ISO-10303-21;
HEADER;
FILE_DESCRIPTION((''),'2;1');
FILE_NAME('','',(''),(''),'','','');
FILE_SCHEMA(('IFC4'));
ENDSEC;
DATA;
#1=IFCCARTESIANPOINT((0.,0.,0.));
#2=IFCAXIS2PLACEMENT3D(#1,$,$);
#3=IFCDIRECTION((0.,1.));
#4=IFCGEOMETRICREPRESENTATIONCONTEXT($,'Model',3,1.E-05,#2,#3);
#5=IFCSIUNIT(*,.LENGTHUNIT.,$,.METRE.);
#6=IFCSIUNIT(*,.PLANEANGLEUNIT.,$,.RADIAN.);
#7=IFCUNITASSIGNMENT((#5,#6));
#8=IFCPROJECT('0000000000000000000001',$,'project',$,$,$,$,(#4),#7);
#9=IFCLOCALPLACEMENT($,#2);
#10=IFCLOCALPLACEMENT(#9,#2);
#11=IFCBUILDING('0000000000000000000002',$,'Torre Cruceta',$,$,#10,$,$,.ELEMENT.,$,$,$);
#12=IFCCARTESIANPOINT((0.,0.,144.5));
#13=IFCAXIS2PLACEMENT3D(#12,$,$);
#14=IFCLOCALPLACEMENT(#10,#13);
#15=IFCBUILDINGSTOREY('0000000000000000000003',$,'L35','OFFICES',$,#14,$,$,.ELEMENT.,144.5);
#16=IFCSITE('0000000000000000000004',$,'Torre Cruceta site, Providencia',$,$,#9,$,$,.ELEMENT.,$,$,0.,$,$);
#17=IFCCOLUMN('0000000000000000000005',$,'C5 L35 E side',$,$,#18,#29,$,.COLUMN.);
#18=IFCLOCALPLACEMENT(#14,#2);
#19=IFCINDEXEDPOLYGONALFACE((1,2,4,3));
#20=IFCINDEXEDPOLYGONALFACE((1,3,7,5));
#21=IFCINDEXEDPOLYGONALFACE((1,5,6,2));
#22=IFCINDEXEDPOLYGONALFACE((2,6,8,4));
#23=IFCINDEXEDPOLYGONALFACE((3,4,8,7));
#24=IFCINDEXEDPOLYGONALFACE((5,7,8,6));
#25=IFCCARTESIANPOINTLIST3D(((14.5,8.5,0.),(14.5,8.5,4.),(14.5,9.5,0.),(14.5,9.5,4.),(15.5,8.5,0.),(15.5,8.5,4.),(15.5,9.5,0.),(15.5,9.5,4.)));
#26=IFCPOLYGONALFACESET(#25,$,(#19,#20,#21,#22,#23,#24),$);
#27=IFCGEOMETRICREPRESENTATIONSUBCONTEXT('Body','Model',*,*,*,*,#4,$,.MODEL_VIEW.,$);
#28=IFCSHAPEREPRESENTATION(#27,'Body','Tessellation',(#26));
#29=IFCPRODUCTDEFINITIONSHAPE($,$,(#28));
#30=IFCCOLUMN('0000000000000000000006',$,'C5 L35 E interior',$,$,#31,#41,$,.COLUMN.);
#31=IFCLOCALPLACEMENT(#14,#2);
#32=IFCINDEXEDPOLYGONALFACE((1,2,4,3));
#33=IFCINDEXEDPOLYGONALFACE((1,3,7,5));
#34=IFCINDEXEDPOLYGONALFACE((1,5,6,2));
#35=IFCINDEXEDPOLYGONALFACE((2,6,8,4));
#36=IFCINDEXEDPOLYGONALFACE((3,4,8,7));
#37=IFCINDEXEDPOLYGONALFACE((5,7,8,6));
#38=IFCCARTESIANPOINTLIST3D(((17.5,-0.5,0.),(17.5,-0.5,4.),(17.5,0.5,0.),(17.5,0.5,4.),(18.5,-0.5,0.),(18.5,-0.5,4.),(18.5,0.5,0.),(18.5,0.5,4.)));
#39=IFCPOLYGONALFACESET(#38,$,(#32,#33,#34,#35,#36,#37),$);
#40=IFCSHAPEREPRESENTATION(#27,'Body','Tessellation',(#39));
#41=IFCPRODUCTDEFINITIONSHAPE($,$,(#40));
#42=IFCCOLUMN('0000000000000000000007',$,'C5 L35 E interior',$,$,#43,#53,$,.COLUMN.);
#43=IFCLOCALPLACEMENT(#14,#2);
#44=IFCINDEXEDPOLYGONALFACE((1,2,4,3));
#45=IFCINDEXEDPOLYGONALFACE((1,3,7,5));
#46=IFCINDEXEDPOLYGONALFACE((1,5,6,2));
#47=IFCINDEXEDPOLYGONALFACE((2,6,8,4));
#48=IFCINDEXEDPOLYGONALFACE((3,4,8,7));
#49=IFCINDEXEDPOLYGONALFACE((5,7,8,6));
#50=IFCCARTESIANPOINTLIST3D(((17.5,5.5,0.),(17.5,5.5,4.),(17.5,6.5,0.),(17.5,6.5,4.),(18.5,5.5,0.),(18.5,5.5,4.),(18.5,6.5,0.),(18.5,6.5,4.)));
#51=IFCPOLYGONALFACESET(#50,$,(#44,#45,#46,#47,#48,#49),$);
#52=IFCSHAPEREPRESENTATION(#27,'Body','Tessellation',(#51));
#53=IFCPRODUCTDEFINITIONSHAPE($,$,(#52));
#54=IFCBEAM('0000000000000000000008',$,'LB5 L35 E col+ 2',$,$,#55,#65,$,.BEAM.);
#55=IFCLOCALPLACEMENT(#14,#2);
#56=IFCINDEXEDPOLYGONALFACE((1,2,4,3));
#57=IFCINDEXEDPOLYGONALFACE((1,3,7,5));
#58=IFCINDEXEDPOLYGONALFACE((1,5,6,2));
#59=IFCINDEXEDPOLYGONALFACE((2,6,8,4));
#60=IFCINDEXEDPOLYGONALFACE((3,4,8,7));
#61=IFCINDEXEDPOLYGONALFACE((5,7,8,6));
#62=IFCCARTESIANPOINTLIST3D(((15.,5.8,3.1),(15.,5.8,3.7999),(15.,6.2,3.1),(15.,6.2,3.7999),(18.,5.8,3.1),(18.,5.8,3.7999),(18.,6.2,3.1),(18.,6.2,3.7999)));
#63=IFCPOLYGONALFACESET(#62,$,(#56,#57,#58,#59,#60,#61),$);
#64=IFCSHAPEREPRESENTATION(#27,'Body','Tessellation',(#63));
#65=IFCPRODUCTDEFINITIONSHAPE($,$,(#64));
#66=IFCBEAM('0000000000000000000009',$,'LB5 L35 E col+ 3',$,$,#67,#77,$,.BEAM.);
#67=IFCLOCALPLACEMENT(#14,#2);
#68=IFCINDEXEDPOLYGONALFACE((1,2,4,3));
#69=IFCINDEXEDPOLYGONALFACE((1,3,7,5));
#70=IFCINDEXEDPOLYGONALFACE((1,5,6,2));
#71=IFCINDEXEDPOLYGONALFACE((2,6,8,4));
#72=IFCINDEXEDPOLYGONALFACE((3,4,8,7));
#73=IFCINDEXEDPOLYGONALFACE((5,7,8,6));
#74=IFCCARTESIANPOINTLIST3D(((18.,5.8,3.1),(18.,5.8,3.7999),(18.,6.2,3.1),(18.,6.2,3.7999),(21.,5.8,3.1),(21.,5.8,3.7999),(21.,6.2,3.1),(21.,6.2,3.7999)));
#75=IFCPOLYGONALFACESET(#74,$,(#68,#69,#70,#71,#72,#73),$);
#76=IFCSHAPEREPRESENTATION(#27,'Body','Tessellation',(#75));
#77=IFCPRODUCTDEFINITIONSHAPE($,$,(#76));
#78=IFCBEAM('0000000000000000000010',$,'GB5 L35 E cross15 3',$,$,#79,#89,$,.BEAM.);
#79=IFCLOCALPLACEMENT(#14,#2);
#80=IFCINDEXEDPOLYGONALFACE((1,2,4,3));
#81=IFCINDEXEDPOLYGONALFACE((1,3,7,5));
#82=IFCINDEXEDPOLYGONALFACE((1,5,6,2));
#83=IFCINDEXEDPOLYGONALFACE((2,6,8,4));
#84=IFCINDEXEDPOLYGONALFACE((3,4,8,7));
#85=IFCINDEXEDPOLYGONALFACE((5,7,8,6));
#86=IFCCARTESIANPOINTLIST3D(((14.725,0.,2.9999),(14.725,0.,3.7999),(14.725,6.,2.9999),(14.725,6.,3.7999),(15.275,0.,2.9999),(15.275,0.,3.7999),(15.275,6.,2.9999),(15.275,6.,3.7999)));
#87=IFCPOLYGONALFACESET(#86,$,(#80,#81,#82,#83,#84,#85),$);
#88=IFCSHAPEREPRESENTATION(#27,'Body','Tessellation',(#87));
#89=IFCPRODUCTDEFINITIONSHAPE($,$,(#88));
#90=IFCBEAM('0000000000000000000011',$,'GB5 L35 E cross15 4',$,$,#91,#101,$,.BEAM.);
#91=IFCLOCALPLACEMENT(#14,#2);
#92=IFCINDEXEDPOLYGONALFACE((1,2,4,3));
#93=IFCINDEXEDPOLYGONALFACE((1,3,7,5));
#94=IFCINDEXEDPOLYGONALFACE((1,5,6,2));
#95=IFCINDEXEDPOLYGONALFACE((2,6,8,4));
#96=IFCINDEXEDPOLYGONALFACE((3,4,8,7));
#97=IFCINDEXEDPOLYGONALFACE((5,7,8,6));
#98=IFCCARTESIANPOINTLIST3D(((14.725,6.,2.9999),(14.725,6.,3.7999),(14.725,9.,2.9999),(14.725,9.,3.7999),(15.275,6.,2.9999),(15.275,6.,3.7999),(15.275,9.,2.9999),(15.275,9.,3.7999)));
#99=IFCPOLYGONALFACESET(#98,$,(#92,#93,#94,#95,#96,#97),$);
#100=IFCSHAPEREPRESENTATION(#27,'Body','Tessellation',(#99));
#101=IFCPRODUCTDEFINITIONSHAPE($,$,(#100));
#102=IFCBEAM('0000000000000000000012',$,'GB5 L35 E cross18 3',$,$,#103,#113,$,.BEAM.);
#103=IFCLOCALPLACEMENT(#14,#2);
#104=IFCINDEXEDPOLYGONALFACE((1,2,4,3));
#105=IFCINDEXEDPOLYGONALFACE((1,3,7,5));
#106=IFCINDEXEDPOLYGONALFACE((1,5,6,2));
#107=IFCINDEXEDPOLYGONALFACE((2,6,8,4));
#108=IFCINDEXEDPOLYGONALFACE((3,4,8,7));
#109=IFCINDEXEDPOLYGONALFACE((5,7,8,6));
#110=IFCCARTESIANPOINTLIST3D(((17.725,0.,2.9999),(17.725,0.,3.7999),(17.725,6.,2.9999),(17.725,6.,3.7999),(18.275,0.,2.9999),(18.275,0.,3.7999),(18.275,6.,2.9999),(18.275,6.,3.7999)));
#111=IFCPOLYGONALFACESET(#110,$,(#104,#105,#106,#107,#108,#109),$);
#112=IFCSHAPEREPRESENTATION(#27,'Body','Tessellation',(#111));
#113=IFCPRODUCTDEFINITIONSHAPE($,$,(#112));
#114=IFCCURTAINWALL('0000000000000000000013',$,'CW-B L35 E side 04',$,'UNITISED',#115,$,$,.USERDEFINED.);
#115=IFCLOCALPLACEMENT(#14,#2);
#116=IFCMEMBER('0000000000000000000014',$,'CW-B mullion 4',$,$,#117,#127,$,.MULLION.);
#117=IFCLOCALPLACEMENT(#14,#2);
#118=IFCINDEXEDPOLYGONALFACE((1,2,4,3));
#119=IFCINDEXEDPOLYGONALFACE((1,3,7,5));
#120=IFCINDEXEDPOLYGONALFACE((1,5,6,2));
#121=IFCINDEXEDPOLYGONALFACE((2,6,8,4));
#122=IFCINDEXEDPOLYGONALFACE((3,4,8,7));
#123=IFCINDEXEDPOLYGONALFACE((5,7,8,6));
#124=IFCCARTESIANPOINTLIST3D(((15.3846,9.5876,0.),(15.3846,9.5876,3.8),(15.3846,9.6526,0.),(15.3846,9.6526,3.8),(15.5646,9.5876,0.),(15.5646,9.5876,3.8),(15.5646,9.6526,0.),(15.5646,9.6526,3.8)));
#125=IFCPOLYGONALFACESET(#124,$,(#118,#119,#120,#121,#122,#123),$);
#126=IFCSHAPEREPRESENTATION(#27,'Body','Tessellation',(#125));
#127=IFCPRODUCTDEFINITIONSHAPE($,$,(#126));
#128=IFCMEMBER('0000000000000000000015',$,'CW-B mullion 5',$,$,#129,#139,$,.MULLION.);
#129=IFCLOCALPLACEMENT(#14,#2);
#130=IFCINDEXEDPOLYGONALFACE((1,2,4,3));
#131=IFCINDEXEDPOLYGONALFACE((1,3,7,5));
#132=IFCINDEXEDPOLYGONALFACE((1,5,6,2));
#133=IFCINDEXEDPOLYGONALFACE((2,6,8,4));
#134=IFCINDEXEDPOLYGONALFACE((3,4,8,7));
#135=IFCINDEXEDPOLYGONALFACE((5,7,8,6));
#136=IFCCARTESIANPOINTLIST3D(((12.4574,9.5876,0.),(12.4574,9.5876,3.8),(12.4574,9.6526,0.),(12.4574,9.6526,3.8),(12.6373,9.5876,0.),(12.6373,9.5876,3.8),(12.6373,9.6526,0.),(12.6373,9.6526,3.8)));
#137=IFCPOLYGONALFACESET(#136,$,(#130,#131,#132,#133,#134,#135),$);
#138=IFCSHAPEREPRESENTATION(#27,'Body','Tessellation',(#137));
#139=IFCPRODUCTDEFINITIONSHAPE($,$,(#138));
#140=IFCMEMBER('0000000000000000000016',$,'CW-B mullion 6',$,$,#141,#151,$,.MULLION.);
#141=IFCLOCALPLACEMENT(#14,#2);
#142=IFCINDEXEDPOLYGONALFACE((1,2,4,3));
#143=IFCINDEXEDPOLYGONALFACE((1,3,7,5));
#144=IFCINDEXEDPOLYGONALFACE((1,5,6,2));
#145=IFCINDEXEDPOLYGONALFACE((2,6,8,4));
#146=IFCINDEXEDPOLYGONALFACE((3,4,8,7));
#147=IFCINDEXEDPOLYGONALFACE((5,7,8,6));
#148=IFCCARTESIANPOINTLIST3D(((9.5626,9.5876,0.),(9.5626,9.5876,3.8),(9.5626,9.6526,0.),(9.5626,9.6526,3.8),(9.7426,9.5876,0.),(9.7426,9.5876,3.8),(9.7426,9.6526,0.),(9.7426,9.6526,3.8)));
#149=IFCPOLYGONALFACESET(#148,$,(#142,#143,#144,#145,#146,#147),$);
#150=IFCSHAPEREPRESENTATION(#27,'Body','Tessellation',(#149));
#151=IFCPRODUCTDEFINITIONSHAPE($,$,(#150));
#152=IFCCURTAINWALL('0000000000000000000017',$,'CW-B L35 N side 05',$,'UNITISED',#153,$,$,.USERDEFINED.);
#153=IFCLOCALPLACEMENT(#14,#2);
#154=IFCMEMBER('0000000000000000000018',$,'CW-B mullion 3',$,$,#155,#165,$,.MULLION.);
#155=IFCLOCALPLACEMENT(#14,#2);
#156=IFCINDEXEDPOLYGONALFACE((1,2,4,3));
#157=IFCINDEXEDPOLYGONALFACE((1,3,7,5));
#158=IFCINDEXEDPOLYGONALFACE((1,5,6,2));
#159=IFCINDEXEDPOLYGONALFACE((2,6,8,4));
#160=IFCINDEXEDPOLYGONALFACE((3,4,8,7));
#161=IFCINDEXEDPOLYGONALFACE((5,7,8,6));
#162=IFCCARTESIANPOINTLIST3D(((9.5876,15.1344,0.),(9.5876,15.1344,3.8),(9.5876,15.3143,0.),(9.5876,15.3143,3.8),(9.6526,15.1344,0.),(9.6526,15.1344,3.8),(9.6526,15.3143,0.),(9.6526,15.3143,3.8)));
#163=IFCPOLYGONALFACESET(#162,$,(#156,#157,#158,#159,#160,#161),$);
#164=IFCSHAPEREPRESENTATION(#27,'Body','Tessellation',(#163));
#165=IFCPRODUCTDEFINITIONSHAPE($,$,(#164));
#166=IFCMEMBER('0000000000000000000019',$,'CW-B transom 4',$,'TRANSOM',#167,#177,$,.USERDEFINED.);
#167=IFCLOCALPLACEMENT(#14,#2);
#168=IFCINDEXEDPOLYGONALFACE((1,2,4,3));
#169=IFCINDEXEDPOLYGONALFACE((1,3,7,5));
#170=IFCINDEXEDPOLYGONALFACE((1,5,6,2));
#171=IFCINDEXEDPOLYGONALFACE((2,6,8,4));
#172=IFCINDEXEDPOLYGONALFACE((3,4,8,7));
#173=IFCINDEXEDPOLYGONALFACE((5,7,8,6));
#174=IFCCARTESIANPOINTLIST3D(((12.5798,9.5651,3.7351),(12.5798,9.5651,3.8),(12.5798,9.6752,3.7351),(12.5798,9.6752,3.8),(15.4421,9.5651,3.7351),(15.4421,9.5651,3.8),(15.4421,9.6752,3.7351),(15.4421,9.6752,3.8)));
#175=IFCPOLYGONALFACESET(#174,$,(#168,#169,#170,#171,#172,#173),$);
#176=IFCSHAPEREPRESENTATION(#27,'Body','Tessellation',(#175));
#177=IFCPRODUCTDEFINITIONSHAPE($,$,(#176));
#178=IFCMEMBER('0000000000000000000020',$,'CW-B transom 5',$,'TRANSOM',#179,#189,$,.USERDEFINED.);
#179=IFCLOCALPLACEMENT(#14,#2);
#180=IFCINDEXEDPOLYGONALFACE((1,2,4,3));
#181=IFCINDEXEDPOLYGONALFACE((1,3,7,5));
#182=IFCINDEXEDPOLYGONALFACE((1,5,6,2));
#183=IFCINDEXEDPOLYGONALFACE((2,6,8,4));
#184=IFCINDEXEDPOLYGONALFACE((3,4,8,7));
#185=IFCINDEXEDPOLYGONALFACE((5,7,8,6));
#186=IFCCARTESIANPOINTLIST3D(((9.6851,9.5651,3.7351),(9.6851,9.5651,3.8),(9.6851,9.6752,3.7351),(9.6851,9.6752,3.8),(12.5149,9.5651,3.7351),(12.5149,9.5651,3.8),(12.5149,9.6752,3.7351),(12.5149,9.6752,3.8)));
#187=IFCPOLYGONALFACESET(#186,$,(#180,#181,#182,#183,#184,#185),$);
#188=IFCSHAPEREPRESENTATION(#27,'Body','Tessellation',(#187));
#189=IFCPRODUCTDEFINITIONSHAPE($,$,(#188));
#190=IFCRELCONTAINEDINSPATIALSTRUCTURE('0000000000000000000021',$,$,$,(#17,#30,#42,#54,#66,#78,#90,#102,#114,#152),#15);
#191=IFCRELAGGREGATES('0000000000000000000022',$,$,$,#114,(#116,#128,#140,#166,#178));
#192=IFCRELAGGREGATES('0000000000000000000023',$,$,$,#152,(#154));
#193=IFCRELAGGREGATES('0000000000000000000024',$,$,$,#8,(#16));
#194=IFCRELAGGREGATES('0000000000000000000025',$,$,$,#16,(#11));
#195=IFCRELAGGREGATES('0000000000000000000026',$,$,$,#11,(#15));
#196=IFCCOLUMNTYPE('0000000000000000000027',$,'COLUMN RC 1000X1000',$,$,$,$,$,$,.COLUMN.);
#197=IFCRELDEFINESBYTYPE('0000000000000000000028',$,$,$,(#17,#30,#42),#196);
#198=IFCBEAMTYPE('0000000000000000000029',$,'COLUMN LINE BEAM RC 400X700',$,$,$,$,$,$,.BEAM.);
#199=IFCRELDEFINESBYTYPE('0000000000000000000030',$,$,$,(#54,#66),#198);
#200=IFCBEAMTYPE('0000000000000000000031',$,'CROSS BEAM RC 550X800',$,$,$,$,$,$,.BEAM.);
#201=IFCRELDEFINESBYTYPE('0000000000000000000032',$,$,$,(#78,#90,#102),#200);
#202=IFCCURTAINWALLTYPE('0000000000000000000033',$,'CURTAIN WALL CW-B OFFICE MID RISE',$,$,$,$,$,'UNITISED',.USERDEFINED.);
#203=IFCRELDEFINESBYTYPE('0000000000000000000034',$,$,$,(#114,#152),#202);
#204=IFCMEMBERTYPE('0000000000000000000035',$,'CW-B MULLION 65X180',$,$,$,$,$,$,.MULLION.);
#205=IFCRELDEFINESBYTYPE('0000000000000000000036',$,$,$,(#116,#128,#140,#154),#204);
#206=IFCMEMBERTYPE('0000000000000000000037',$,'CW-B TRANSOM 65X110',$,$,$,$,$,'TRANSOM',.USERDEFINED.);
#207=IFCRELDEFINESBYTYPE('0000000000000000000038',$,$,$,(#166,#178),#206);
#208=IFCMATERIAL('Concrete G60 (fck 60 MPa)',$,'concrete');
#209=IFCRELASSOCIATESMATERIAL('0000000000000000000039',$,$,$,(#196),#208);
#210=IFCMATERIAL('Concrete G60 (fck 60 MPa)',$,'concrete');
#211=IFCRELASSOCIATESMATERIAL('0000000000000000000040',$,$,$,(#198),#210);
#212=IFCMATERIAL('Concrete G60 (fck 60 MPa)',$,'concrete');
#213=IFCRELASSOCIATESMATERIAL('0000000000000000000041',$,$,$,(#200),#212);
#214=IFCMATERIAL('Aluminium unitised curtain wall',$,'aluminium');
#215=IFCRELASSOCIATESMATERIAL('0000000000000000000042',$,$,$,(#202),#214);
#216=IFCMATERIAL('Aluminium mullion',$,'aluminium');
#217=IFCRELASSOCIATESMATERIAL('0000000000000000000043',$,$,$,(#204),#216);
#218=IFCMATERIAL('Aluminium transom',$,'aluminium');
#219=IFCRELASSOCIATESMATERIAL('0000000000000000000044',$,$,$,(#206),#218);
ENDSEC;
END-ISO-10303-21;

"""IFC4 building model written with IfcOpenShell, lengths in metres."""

from ifc_helpers import new_model, si_unit, direction, frame, origin, origin_2d, place, context, subcontext, project, spatial, rectangle, extrude, material, material_profile, profile_set, type_object, element, aggregate, save


model = new_model("IFC4")

# Units and contexts
model_context = context("Model", 3, precision=1e-05, world=origin(), true_north=direction((0.0, 1.0)))
body_context = subcontext(model_context, "Body", "Model", "MODEL_VIEW")
ifc_project = project(units=[si_unit("LENGTHUNIT", "METRE"), si_unit("PLANEANGLEUNIT", "RADIAN")], contexts=[model_context])

# Site, building, storey
site_placement = place(None, origin())
site = spatial("IfcSite", under=ifc_project, at=site_placement, Name="Torre Cruceta site, Providencia", CompositionType="ELEMENT", RefElevation=0.0)
building_placement = place(site_placement, origin())
building = spatial("IfcBuilding", under=site, at=building_placement, Name="Torre Cruceta", CompositionType="ELEMENT")
storey_placement = place(building_placement, frame((0.0, 0.0, 144.5)))
storey = spatial("IfcBuildingStorey", under=building, at=storey_placement, Name="L35", Description="OFFICES", CompositionType="ELEMENT", Elevation=144.5)

# Columns
ifc_material_1 = material(Name="Concrete G60 (fck 60 MPa)", Category="concrete")
ifc_material_profile_1 = material_profile(ifc_material_1, rectangle(XDim=1.0, YDim=1.0, at=origin_2d()), Name="RC 1000X1000")
ifc_profile_set_1 = profile_set([ifc_material_profile_1], Name="Concrete G60 (fck 60 MPa)")
column_type = type_object("IfcColumnType", Name="COLUMN RC 1000X1000", PredefinedType="COLUMN", material=ifc_profile_set_1)
for number, where, z_axis, x_axis, name in (
    (1, (15.0, 9.0, 0.0), (0.0, 0.0, 1.0), (1.0, 0.0, 0.0), "C5 L35 E side"),
    (2, (18.0, 0.0, 0.0), (0.0, 0.0, 1.0), (1.0, 0.0, 0.0), "C5 L35 E interior"),
    (3, (18.0, 6.0, 0.0), (0.0, 0.0, 1.0), (1.0, 0.0, 0.0), "C5 L35 E interior"),
):
    element("IfcColumn", number, at=place(storey_placement, frame(where, z_axis=z_axis, x_axis=x_axis)), inside=storey, type_object=column_type, Name=name, PredefinedType="COLUMN", context=body_context, shape_type="SweptSolid", body=[
        extrude(rectangle(XDim=1.0, YDim=1.0, at=origin_2d()), origin(), (0.0, 0.0, 1.0), 4.0),
    ])

# Beams
ifc_material_2 = material(Name="Concrete G60 (fck 60 MPa)", Category="concrete")
ifc_material_profile_2 = material_profile(ifc_material_2, rectangle(XDim=0.3999, YDim=0.7, at=origin_2d()), Name="RC 400X700")
ifc_profile_set_2 = profile_set([ifc_material_profile_2], Name="Concrete G60 (fck 60 MPa)")
beam_type_1 = type_object("IfcBeamType", Name="COLUMN LINE BEAM RC 400X700", PredefinedType="BEAM", material=ifc_profile_set_2)
for number, where, z_axis, x_axis, name in (
    (4, (15.0, 6.0, 3.45), (1.0, 0.0, 0.0), (0.0, 1.0, 0.0), "LB5 L35 E col+ 2"),
    (5, (18.0, 6.0, 3.45), (1.0, 0.0, 0.0), (0.0, 1.0, 0.0), "LB5 L35 E col+ 3"),
):
    element("IfcBeam", number, at=place(storey_placement, frame(where, z_axis=z_axis, x_axis=x_axis)), inside=storey, type_object=beam_type_1, Name=name, PredefinedType="BEAM", context=body_context, shape_type="SweptSolid", body=[
        extrude(rectangle(XDim=0.3999, YDim=0.7, at=origin_2d()), origin(), (0.0, 0.0, 1.0), 3.0),
    ])
ifc_material_3 = material(Name="Concrete G60 (fck 60 MPa)", Category="concrete")
ifc_material_profile_3 = material_profile(ifc_material_3, rectangle(XDim=0.55, YDim=0.8, at=origin_2d()), Name="RC 550X800")
ifc_profile_set_3 = profile_set([ifc_material_profile_3], Name="Concrete G60 (fck 60 MPa)")
beam_type_2 = type_object("IfcBeamType", Name="CROSS BEAM RC 550X800", PredefinedType="BEAM", material=ifc_profile_set_3)
beam_1_placement = place(storey_placement, frame((15.0, 0.0, 3.3999), z_axis=(0.0, 1.0, 0.0), x_axis=(-1.0, 0.0, 0.0)))
element("IfcBeam", 6, at=beam_1_placement, inside=storey, type_object=beam_type_2, Name="GB5 L35 E cross15 3", PredefinedType="BEAM", context=body_context, shape_type="SweptSolid", body=[
    extrude(rectangle(XDim=0.55, YDim=0.8, at=origin_2d()), origin(), (0.0, 0.0, 1.0), 6.0),
])
beam_2_placement = place(storey_placement, frame((15.0, 6.0, 3.3999), z_axis=(0.0, 1.0, 0.0), x_axis=(-1.0, 0.0, 0.0)))
element("IfcBeam", 7, at=beam_2_placement, inside=storey, type_object=beam_type_2, Name="GB5 L35 E cross15 4", PredefinedType="BEAM", context=body_context, shape_type="SweptSolid", body=[
    extrude(rectangle(XDim=0.55, YDim=0.8, at=origin_2d()), origin(), (0.0, 0.0, 1.0), 3.0),
])
beam_3_placement = place(storey_placement, frame((18.0, 0.0, 3.3999), z_axis=(0.0, 1.0, 0.0), x_axis=(-1.0, 0.0, 0.0)))
element("IfcBeam", 8, at=beam_3_placement, inside=storey, type_object=beam_type_2, Name="GB5 L35 E cross18 3", PredefinedType="BEAM", context=body_context, shape_type="SweptSolid", body=[
    extrude(rectangle(XDim=0.55, YDim=0.8, at=origin_2d()), origin(), (0.0, 0.0, 1.0), 6.0),
])

# Curtain wall, members
ifc_material_4 = material(Name="Aluminium unitised curtain wall", Category="aluminium")
curtain_wall_type = type_object("IfcCurtainWallType", Name="CURTAIN WALL CW-B OFFICE MID RISE", ElementType="UNITISED", PredefinedType="USERDEFINED", material=ifc_material_4)
curtain_wall_1_placement = place(storey_placement, origin())
curtain_wall_1 = element("IfcCurtainWall", 9, at=curtain_wall_1_placement, inside=storey, type_object=curtain_wall_type, Name="CW-B L35 E side 04", ObjectType="UNITISED", PredefinedType="USERDEFINED")
ifc_material_5 = material(Name="Aluminium mullion", Category="aluminium")
ifc_material_profile_4 = material_profile(ifc_material_5, rectangle(XDim=0.0649, YDim=0.1799, at=origin_2d()), Name="AL 65X180")
ifc_profile_set_4 = profile_set([ifc_material_profile_4], Name="Aluminium mullion")
member_type_1 = type_object("IfcMemberType", Name="CW-B MULLION 65X180", PredefinedType="MULLION", material=ifc_profile_set_4)
member_1_placement = place(storey_placement, frame((15.4746, 9.6201, 0.0), z_axis=(0.0, 0.0, 1.0), x_axis=(0.0, -1.0, 0.0)))
member_1 = element("IfcMember", 10, at=member_1_placement, type_object=member_type_1, Name="CW-B mullion 4", PredefinedType="MULLION", context=body_context, shape_type="SweptSolid", body=[
    extrude(rectangle(XDim=0.0649, YDim=0.1799, at=origin_2d()), origin(), (0.0, 0.0, 1.0), 3.8),
])
member_2_placement = place(storey_placement, frame((12.5474, 9.6201, 0.0), z_axis=(0.0, 0.0, 1.0), x_axis=(0.0, -1.0, 0.0)))
member_2 = element("IfcMember", 11, at=member_2_placement, type_object=member_type_1, Name="CW-B mullion 5", PredefinedType="MULLION", context=body_context, shape_type="SweptSolid", body=[
    extrude(rectangle(XDim=0.0649, YDim=0.1799, at=origin_2d()), origin(), (0.0, 0.0, 1.0), 3.8),
])
member_3_placement = place(storey_placement, frame((9.6526, 9.6201, 0.0), z_axis=(0.0, 0.0, 1.0), x_axis=(0.0, -1.0, 0.0)))
member_3 = element("IfcMember", 12, at=member_3_placement, type_object=member_type_1, Name="CW-B mullion 6", PredefinedType="MULLION", context=body_context, shape_type="SweptSolid", body=[
    extrude(rectangle(XDim=0.0649, YDim=0.1799, at=origin_2d()), origin(), (0.0, 0.0, 1.0), 3.8),
])

# Curtain wall, member
curtain_wall_2_placement = place(storey_placement, origin())
curtain_wall_2 = element("IfcCurtainWall", 13, at=curtain_wall_2_placement, inside=storey, type_object=curtain_wall_type, Name="CW-B L35 N side 05", ObjectType="UNITISED", PredefinedType="USERDEFINED")
member_4_placement = place(storey_placement, frame((9.6201, 15.2244, 0.0), z_axis=(0.0, 0.0, 1.0), x_axis=(-1.0, 0.0, 0.0)))
member_4 = element("IfcMember", 14, at=member_4_placement, type_object=member_type_1, Name="CW-B mullion 3", PredefinedType="MULLION", context=body_context, shape_type="SweptSolid", body=[
    extrude(rectangle(XDim=0.0649, YDim=0.1799, at=origin_2d()), origin(), (0.0, 0.0, 1.0), 3.8),
])

# Members
ifc_material_6 = material(Name="Aluminium transom", Category="aluminium")
ifc_material_profile_5 = material_profile(ifc_material_6, rectangle(XDim=0.1101, YDim=0.0649, at=origin_2d()), Name="AL 110X65")
ifc_profile_set_5 = profile_set([ifc_material_profile_5], Name="Aluminium transom")
member_type_2 = type_object("IfcMemberType", Name="CW-B TRANSOM 65X110", ElementType="TRANSOM", PredefinedType="USERDEFINED", material=ifc_profile_set_5)
member_5_placement = place(storey_placement, frame((15.4421, 9.6201, 3.7676), z_axis=(-1.0, 0.0, 0.0), x_axis=(0.0, -1.0, 0.0)))
member_5 = element("IfcMember", 15, at=member_5_placement, type_object=member_type_2, Name="CW-B transom 4", ObjectType="TRANSOM", PredefinedType="USERDEFINED", context=body_context, shape_type="SweptSolid", body=[
    extrude(rectangle(XDim=0.1101, YDim=0.0649, at=origin_2d()), origin(), (0.0, 0.0, 1.0), 2.8623),
])
member_6_placement = place(storey_placement, frame((12.5149, 9.6201, 3.7676), z_axis=(-1.0, 0.0, 0.0), x_axis=(0.0, -1.0, 0.0)))
member_6 = element("IfcMember", 16, at=member_6_placement, type_object=member_type_2, Name="CW-B transom 5", ObjectType="TRANSOM", PredefinedType="USERDEFINED", context=body_context, shape_type="SweptSolid", body=[
    extrude(rectangle(XDim=0.1101, YDim=0.0649, at=origin_2d()), origin(), (0.0, 0.0, 1.0), 2.8298),
])

aggregate(curtain_wall_1, [member_1, member_2, member_3, member_5, member_6])
aggregate(curtain_wall_2, [member_4])

save(model, "model.ifc")
